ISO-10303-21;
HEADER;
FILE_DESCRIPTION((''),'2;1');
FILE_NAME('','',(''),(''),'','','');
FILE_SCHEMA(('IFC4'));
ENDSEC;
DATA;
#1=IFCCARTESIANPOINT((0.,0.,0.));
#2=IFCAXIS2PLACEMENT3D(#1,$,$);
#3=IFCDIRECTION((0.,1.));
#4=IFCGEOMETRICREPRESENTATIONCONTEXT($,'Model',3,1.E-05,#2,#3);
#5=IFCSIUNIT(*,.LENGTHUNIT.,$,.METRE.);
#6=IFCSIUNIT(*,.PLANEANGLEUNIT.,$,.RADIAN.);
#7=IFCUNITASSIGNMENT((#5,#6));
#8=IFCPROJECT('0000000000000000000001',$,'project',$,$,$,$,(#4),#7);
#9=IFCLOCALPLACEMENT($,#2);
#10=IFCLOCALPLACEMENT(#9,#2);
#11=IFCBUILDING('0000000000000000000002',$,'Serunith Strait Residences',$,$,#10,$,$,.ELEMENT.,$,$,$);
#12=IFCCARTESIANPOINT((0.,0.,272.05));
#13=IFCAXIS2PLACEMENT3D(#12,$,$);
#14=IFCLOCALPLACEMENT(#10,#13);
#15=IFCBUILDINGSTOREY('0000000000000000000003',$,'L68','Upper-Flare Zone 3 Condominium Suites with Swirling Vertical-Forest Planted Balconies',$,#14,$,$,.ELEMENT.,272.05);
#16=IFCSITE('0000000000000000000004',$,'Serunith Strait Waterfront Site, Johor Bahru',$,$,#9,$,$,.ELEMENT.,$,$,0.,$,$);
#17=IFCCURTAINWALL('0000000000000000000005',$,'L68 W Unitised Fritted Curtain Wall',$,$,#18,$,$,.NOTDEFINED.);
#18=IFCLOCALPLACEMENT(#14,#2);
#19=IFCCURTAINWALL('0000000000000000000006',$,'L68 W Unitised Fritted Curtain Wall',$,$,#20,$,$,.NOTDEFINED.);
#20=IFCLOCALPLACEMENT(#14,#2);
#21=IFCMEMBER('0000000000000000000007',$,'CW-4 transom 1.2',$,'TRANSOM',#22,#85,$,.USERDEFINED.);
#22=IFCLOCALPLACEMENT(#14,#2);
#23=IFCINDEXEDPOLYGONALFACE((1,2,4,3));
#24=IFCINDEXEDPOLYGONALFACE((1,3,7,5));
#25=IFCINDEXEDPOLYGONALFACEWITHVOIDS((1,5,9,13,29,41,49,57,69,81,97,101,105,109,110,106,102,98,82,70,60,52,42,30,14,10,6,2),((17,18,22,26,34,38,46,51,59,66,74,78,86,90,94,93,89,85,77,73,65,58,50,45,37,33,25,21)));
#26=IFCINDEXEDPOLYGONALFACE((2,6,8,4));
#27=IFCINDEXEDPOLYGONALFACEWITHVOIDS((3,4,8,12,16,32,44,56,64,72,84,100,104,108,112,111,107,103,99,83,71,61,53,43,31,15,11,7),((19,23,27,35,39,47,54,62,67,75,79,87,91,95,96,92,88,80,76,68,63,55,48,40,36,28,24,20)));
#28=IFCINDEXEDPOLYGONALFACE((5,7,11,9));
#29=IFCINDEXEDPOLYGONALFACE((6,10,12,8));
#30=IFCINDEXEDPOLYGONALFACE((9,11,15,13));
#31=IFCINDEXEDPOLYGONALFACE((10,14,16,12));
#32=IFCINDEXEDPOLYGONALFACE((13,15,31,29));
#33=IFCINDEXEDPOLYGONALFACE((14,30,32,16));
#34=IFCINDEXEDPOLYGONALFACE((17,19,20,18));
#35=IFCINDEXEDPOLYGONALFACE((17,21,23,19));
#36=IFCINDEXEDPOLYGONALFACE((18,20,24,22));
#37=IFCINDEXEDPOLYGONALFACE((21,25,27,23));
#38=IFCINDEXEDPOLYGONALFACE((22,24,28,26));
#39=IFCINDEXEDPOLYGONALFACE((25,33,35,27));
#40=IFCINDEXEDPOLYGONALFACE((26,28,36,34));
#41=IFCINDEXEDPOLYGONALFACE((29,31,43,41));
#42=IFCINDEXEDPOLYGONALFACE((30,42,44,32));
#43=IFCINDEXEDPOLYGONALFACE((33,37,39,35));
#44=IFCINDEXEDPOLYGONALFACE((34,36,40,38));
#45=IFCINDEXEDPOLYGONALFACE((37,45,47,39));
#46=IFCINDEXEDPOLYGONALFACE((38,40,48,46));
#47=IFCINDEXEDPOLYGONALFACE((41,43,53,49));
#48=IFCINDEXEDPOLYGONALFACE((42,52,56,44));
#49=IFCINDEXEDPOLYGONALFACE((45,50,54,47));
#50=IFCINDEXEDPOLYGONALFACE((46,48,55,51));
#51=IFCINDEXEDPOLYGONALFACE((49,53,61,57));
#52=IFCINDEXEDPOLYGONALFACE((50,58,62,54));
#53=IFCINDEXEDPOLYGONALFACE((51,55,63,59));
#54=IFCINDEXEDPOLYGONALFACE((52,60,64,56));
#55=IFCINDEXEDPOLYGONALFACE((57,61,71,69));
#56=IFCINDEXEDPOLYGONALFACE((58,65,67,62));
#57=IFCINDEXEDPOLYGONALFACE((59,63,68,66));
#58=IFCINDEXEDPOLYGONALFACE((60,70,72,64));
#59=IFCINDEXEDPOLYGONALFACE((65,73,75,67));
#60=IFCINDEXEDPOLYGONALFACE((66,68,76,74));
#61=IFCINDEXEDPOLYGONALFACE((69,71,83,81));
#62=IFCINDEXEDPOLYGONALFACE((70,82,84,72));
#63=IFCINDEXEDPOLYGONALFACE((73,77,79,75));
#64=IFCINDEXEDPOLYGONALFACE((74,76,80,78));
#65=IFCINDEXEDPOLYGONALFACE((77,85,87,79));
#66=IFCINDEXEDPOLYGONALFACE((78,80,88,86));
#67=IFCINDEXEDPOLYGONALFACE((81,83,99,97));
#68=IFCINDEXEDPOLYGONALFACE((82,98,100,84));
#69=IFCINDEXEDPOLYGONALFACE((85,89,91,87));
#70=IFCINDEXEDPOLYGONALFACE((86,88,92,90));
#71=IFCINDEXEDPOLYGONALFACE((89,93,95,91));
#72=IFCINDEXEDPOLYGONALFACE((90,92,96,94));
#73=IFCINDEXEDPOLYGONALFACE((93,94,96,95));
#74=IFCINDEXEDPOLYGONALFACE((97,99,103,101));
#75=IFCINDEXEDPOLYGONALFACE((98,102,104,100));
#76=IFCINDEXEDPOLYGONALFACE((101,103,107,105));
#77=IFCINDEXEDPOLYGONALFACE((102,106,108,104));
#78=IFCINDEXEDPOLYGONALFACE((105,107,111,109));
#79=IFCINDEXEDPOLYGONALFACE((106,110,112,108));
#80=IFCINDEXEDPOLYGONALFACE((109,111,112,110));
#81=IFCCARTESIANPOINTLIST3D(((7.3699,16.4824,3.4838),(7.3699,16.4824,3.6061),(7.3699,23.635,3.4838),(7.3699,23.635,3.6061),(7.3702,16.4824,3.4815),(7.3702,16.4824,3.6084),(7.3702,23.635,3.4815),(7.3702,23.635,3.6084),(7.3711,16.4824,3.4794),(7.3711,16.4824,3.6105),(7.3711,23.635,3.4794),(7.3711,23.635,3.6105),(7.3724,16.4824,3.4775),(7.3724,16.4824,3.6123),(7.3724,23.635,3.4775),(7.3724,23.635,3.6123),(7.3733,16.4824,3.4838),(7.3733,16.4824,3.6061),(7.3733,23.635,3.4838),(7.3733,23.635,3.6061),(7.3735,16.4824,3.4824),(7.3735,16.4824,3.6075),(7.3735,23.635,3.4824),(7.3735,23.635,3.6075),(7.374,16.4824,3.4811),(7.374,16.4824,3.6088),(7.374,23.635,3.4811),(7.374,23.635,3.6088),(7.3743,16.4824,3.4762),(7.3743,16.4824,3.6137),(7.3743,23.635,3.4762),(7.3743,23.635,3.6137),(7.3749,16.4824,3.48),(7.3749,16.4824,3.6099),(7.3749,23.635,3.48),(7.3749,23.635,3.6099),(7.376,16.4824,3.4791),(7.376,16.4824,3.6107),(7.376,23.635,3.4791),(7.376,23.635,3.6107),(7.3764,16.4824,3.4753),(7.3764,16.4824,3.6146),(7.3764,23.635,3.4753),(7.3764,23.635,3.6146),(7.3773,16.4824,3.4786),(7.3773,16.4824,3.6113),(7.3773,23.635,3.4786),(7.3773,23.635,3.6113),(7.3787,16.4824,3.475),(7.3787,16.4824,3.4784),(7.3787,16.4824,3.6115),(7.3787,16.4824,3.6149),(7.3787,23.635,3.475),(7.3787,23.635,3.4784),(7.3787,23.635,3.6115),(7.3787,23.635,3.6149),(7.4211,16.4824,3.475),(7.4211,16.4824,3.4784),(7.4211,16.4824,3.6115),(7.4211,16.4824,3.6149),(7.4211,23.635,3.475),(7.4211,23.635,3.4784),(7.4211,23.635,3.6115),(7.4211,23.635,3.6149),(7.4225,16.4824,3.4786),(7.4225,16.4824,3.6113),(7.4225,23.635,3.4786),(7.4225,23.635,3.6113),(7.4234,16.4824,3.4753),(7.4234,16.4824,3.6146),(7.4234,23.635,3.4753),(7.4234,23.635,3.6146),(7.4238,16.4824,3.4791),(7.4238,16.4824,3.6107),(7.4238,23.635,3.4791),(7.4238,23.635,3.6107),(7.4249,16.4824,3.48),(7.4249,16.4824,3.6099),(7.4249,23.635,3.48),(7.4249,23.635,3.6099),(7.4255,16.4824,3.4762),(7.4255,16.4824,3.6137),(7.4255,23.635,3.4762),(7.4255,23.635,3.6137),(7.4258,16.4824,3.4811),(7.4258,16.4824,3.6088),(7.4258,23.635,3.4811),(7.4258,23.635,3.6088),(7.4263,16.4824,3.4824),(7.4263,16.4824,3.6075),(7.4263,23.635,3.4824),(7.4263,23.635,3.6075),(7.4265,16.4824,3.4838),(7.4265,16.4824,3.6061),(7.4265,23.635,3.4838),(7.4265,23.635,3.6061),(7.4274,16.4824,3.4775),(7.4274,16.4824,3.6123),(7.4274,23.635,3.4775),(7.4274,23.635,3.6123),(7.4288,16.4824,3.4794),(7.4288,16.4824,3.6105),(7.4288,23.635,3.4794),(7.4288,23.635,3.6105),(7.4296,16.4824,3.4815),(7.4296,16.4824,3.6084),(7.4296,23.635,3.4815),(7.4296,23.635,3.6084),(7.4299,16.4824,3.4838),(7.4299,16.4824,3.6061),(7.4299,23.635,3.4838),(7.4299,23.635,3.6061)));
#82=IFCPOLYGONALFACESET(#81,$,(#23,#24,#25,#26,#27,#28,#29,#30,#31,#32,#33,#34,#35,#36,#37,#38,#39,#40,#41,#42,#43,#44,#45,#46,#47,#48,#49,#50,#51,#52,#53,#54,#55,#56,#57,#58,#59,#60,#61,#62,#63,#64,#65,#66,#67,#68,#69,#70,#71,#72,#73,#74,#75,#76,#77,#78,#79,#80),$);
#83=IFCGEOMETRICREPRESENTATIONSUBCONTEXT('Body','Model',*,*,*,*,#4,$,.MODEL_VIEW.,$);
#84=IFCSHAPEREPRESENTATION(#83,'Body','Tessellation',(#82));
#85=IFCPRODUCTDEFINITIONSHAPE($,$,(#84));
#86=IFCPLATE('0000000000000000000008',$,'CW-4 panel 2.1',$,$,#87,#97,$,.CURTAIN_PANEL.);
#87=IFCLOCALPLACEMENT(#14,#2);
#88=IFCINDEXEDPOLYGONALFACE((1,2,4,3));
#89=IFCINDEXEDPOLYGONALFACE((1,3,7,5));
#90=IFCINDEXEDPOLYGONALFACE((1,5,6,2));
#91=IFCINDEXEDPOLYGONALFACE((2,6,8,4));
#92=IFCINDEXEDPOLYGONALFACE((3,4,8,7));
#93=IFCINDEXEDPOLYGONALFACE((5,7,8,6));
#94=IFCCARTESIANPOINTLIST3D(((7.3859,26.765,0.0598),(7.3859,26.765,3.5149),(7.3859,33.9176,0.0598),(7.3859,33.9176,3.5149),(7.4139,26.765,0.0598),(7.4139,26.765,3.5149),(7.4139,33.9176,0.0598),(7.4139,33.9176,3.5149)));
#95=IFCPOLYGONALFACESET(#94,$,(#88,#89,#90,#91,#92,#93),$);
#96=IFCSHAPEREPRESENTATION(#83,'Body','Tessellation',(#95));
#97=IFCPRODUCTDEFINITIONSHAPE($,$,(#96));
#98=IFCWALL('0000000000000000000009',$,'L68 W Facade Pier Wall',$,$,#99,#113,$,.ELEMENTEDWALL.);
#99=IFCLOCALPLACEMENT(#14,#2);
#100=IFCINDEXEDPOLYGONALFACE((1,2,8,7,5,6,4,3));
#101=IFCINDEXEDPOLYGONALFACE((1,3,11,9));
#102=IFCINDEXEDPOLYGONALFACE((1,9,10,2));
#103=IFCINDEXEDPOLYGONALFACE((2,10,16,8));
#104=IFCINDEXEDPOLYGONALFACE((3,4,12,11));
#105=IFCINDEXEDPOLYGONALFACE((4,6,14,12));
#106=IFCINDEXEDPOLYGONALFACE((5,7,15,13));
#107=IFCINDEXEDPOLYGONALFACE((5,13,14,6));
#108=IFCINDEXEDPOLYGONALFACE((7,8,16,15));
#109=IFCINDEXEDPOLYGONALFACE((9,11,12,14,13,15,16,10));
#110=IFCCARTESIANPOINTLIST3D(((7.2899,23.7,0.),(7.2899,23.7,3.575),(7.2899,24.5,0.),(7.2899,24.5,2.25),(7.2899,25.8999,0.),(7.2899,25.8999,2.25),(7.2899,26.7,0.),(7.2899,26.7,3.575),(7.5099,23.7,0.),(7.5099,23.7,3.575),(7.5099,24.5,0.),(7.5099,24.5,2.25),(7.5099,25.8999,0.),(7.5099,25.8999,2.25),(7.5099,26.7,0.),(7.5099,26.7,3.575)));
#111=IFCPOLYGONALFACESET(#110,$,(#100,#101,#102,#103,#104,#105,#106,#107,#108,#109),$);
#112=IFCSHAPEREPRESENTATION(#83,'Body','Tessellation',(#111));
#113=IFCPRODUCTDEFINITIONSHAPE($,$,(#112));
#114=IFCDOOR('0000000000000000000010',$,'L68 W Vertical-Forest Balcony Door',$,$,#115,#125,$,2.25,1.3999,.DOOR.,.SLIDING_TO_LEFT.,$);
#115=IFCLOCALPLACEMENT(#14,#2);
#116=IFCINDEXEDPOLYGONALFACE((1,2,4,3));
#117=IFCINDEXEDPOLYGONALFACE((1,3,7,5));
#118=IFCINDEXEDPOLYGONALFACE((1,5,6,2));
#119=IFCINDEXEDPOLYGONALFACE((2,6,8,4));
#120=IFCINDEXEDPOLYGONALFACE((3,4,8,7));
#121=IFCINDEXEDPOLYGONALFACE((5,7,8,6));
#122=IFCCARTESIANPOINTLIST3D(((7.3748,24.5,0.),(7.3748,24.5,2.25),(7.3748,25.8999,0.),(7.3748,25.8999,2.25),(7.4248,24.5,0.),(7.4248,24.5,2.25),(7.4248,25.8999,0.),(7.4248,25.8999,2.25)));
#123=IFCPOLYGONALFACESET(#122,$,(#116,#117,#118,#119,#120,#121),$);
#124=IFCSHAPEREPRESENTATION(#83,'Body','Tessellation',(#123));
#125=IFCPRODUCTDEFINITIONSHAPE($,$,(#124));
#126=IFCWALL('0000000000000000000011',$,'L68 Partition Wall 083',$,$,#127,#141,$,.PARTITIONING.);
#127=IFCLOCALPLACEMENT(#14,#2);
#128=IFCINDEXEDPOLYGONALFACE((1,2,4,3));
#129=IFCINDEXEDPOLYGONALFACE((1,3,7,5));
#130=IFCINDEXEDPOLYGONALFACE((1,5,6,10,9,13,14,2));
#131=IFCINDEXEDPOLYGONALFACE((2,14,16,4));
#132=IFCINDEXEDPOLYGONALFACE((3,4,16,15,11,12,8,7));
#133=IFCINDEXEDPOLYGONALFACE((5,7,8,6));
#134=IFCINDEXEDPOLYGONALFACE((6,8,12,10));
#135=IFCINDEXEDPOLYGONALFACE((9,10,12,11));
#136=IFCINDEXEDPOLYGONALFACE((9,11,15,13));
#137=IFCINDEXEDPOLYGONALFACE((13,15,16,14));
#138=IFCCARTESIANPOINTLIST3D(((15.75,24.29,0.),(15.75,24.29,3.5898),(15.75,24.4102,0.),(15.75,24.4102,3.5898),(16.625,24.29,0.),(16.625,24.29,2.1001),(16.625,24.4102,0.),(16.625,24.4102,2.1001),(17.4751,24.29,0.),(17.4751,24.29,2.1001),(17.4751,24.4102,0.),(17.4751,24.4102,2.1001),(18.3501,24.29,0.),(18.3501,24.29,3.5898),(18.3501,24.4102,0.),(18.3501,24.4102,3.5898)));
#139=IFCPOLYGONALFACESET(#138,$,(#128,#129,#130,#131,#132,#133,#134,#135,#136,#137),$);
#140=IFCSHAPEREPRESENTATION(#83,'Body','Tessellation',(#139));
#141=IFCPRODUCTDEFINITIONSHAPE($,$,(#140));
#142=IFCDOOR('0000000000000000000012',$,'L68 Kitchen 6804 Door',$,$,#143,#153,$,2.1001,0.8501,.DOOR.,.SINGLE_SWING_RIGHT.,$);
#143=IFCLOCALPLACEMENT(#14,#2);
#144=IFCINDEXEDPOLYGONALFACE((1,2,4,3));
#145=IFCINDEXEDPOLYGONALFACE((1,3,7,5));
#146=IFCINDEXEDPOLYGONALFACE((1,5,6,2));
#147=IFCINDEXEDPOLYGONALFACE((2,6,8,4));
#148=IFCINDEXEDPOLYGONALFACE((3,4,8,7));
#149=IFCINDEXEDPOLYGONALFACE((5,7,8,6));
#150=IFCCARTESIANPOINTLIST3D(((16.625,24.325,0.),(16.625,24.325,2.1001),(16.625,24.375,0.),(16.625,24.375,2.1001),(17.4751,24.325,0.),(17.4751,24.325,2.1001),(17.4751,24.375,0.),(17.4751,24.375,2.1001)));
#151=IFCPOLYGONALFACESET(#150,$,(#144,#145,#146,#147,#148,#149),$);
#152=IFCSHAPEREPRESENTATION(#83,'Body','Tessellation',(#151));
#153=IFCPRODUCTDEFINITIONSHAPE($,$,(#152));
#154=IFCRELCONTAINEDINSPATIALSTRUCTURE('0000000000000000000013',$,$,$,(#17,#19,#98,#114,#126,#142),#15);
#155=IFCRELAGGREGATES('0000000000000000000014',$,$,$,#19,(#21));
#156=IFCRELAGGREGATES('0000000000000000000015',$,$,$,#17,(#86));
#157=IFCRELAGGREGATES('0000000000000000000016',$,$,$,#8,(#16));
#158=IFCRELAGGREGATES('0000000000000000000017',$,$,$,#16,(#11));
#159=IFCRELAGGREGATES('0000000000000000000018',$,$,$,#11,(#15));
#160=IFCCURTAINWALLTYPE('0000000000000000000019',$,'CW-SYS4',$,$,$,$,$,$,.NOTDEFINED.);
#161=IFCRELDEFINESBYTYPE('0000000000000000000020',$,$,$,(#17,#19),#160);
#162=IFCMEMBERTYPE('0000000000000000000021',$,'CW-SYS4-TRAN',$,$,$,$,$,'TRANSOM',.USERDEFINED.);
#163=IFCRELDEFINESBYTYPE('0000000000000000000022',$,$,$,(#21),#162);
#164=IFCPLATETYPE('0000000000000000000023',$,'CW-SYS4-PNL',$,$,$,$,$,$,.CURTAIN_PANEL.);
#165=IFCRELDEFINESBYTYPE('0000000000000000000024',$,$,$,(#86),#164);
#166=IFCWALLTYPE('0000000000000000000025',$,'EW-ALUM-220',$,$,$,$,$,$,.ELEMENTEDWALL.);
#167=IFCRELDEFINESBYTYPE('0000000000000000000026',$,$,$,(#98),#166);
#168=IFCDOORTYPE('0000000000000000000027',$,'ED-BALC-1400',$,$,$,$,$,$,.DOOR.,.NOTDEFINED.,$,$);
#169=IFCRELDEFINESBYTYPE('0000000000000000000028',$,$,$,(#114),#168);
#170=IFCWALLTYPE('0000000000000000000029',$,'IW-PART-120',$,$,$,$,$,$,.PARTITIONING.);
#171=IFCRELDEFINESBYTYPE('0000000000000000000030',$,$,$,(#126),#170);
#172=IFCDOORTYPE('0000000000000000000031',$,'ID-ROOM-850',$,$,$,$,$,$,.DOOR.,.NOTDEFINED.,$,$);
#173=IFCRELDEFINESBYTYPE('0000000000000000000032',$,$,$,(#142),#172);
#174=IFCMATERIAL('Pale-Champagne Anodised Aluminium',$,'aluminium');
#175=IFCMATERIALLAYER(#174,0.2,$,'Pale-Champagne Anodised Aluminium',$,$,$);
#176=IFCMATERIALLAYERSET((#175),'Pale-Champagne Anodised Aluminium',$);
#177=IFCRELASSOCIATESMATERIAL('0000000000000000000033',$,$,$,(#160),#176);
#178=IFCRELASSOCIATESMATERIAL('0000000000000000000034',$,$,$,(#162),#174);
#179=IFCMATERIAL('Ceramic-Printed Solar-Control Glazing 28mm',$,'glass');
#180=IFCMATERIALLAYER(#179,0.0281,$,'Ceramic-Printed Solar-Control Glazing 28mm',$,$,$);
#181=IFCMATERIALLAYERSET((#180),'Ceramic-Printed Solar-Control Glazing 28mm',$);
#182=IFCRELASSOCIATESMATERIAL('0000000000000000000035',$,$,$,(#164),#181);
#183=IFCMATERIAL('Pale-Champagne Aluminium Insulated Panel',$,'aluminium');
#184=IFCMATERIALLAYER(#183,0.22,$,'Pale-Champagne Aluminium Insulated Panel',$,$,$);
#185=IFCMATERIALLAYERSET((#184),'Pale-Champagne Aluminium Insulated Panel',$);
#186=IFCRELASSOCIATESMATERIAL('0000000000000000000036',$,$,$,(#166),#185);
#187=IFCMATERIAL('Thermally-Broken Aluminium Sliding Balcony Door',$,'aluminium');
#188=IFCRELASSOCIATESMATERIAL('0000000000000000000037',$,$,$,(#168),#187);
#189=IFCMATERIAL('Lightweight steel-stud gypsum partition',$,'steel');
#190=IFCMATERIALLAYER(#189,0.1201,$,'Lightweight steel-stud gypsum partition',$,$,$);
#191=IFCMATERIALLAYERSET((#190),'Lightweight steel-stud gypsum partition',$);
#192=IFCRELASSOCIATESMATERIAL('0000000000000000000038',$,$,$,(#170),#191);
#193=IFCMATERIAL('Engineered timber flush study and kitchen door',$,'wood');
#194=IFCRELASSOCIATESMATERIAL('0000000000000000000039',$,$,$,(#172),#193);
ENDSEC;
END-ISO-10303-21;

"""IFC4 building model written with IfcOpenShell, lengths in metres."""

from ifc_helpers import new_model, si_unit, direction, frame, frame_2d, origin, origin_2d, place, context, subcontext, project, spatial, rectangle, hollow_rectangle, extrude, source, transform, mapped, material, layer, layer_set, material_profile, profile_set, type_object, element, fill, aggregate, save


model = new_model("IFC4")

# Units and contexts
model_context = context("Model", 3, precision=1e-05, world=origin(), true_north=direction((0.0, 1.0)))
body_context = subcontext(model_context, "Body", "Model", "MODEL_VIEW")
ifc_project = project(units=[si_unit("LENGTHUNIT", "METRE"), si_unit("PLANEANGLEUNIT", "RADIAN")], contexts=[model_context])

# Site, building, storey
site_placement = place(None, origin())
site = spatial("IfcSite", under=ifc_project, at=site_placement, Name="Serunith Strait Waterfront Site, Johor Bahru", CompositionType="ELEMENT", RefElevation=0.0)
building_placement = place(site_placement, origin())
building = spatial("IfcBuilding", under=site, at=building_placement, Name="Serunith Strait Residences", CompositionType="ELEMENT")
storey_placement = place(building_placement, frame((0.0, 0.0, 272.05)))
storey = spatial("IfcBuildingStorey", under=building, at=storey_placement, Name="L68", Description="Upper-Flare Zone 3 Condominium Suites with Swirling Vertical-Forest Planted Balconies", CompositionType="ELEMENT", Elevation=272.05)

# Curtain walls
ifc_material_1 = material(Name="Pale-Champagne Anodised Aluminium", Category="aluminium")
ifc_layer_1 = layer(ifc_material_1, 0.2, Name="Pale-Champagne Anodised Aluminium")
ifc_layer_set_1 = layer_set([ifc_layer_1], Name="Pale-Champagne Anodised Aluminium")
curtain_wall_type = type_object("IfcCurtainWallType", Name="CW-SYS4", PredefinedType="NOTDEFINED", material=ifc_layer_set_1)
curtain_wall_1_placement = place(storey_placement, origin())
curtain_wall_1 = element("IfcCurtainWall", 1, at=curtain_wall_1_placement, inside=storey, type_object=curtain_wall_type, Name="L68 W Unitised Fritted Curtain Wall", PredefinedType="NOTDEFINED")
curtain_wall_2_placement = place(storey_placement, origin())
curtain_wall_2 = element("IfcCurtainWall", 2, at=curtain_wall_2_placement, inside=storey, type_object=curtain_wall_type, Name="L68 W Unitised Fritted Curtain Wall", PredefinedType="NOTDEFINED")

# Member
ifc_material_profile_1 = material_profile(ifc_material_1, hollow_rectangle(XDim=0.0601, YDim=0.1399, WallThickness=0.0034, InnerFilletRadius=0.0054, OuterFilletRadius=0.0088, at=origin_2d()), Name="ALU 140x60x3.5")
ifc_profile_set_1 = profile_set([ifc_material_profile_1], Name="Pale-Champagne Anodised Aluminium")
member_type_1 = type_object("IfcMemberType", Name="CW-SYS4-TRAN", ElementType="TRANSOM", PredefinedType="USERDEFINED", material=ifc_profile_set_1)
shared_shape_1 = source(origin(), body_context, "Body", "SweptSolid", [
    extrude(hollow_rectangle(XDim=0.0601, YDim=0.1399, WallThickness=0.0034, InnerFilletRadius=0.0054, OuterFilletRadius=0.0088, at=origin_2d()), origin(), (0.0, 0.0, 1.0), 7.1526),
])
member_1_placement = place(storey_placement, frame((7.3999, 23.635, 3.5449), z_axis=(0.0, -1.0, 0.0), x_axis=(1.0, 0.0, 0.0)))
member_1 = element("IfcMember", 3, at=member_1_placement, type_object=member_type_1, Name="CW-4 transom 1.2", ObjectType="TRANSOM", PredefinedType="USERDEFINED", context=body_context, shape_type="MappedRepresentation", body=[
    mapped(shared_shape_1, transform((0.0, 0.0, 0.0), scale=1.0)),
])
aggregate(curtain_wall_2, [member_1])

# Plate
ifc_material_2 = material(Name="Ceramic-Printed Solar-Control Glazing 28mm", Category="glass")
ifc_layer_2 = layer(ifc_material_2, 0.0281, Name="Ceramic-Printed Solar-Control Glazing 28mm")
ifc_layer_set_2 = layer_set([ifc_layer_2], Name="Ceramic-Printed Solar-Control Glazing 28mm")
plate_type = type_object("IfcPlateType", Name="CW-SYS4-PNL", PredefinedType="CURTAIN_PANEL", material=ifc_layer_set_2)
shared_shape_2 = source(origin(), body_context, "Body", "SweptSolid", [
    extrude(rectangle(XDim=7.1526, YDim=0.0281, at=origin_2d()), origin(), (0.0, 0.0, 1.0), 3.4551),
])
plate_placement = place(storey_placement, frame((7.3999, 30.3413, 0.0598), z_axis=(0.0, 0.0, 1.0), x_axis=(0.0, -1.0, 0.0)))
plate = element("IfcPlate", 4, at=plate_placement, type_object=plate_type, Name="CW-4 panel 2.1", PredefinedType="CURTAIN_PANEL", context=body_context, shape_type="MappedRepresentation", body=[
    mapped(shared_shape_2, transform((0.0, 0.0, 0.0), scale=1.0)),
])
aggregate(curtain_wall_1, [plate])

# Walls, openings, doors
ifc_material_3 = material(Name="Pale-Champagne Aluminium Insulated Panel", Category="aluminium")
ifc_layer_3 = layer(ifc_material_3, 0.22, Name="Pale-Champagne Aluminium Insulated Panel")
ifc_layer_set_3 = layer_set([ifc_layer_3], Name="Pale-Champagne Aluminium Insulated Panel")
wall_type_1 = type_object("IfcWallType", Name="EW-ALUM-220", PredefinedType="ELEMENTEDWALL", material=ifc_layer_set_3)
wall_1_placement = place(storey_placement, frame((7.3999, 26.7, 0.0), z_axis=(0.0, 0.0, 1.0), x_axis=(0.0, -1.0, 0.0)))
wall_1 = element("IfcWall", 5, at=wall_1_placement, inside=storey, type_object=wall_type_1, Name="L68 W Facade Pier Wall", PredefinedType="ELEMENTEDWALL", context=body_context, shape_type="SweptSolid", body=[
    extrude(rectangle(XDim=3.0, YDim=0.22, at=frame_2d((1.5, 0.0))), origin(), (0.0, 0.0, 1.0), 3.575),
])
opening_1_placement = place(wall_1_placement, frame((0.8, 0.0, 0.0)))
opening_1 = element("IfcOpeningElement", 6, at=opening_1_placement, cuts=wall_1, PredefinedType="OPENING", context=body_context, shape_type="SweptSolid", body=[
    extrude(rectangle(XDim=1.3999, YDim=2.25, at=frame_2d((0.7, 1.125))), frame((0.0, 0.1201, 0.0), z_axis=(0.0, -1.0, 0.0), x_axis=(1.0, 0.0, 0.0)), (0.0, 0.0, 1.0), 0.24),
])
ifc_material_4 = material(Name="Thermally-Broken Aluminium Sliding Balcony Door", Category="aluminium")
door_type_1 = type_object("IfcDoorType", Name="ED-BALC-1400", OperationType="NOTDEFINED", PredefinedType="DOOR", material=ifc_material_4)
shared_shape_3 = source(origin(), body_context, "Body", "SweptSolid", [
    extrude(rectangle(XDim=1.3999, YDim=2.25, at=frame_2d((0.7, 1.125))), frame((0.0, 0.0249, 0.0), z_axis=(0.0, -1.0, 0.0), x_axis=(1.0, 0.0, 0.0)), (0.0, 0.0, 1.0), 0.05),
])
door_1_placement = place(opening_1_placement, origin())
door_1 = element("IfcDoor", 7, at=door_1_placement, inside=storey, type_object=door_type_1, Name="L68 W Vertical-Forest Balcony Door", OperationType="SLIDING_TO_LEFT", OverallHeight=2.25, OverallWidth=1.3999, PredefinedType="DOOR", context=body_context, shape_type="MappedRepresentation", body=[
    mapped(shared_shape_3, transform((0.0, 0.0, 0.0), scale=1.0)),
])
fill(opening_1, door_1)
ifc_material_5 = material(Name="Lightweight steel-stud gypsum partition", Category="steel")
ifc_layer_4 = layer(ifc_material_5, 0.1201, Name="Lightweight steel-stud gypsum partition")
ifc_layer_set_4 = layer_set([ifc_layer_4], Name="Lightweight steel-stud gypsum partition")
wall_type_2 = type_object("IfcWallType", Name="IW-PART-120", PredefinedType="PARTITIONING", material=ifc_layer_set_4)
wall_2_placement = place(storey_placement, frame((15.75, 24.3501, 0.0), z_axis=(0.0, 0.0, 1.0), x_axis=(1.0, 0.0, 0.0)))
wall_2 = element("IfcWall", 8, at=wall_2_placement, inside=storey, type_object=wall_type_2, Name="L68 Partition Wall 083", PredefinedType="PARTITIONING", context=body_context, shape_type="SweptSolid", body=[
    extrude(rectangle(XDim=2.6001, YDim=0.1201, at=frame_2d((1.3, 0.0))), origin(), (0.0, 0.0, 1.0), 3.5898),
])
opening_2_placement = place(wall_2_placement, frame((0.875, 0.0, 0.0)))
opening_2 = element("IfcOpeningElement", 9, at=opening_2_placement, cuts=wall_2, PredefinedType="OPENING", context=body_context, shape_type="SweptSolid", body=[
    extrude(rectangle(XDim=0.8501, YDim=2.1001, at=frame_2d((0.425, 1.05))), frame((0.0, 0.0701, 0.0), z_axis=(0.0, -1.0, 0.0), x_axis=(1.0, 0.0, 0.0)), (0.0, 0.0, 1.0), 0.1401),
])
ifc_material_6 = material(Name="Engineered timber flush study and kitchen door", Category="wood")
door_type_2 = type_object("IfcDoorType", Name="ID-ROOM-850", OperationType="NOTDEFINED", PredefinedType="DOOR", material=ifc_material_6)
shared_shape_4 = source(origin(), body_context, "Body", "SweptSolid", [
    extrude(rectangle(XDim=0.8501, YDim=2.1001, at=frame_2d((0.425, 1.05))), frame((0.0, 0.0249, 0.0), z_axis=(0.0, -1.0, 0.0), x_axis=(1.0, 0.0, 0.0)), (0.0, 0.0, 1.0), 0.05),
])
door_2_placement = place(opening_2_placement, origin())
door_2 = element("IfcDoor", 10, at=door_2_placement, inside=storey, type_object=door_type_2, Name="L68 Kitchen 6804 Door", OperationType="SINGLE_SWING_RIGHT", OverallHeight=2.1001, OverallWidth=0.8501, PredefinedType="DOOR", context=body_context, shape_type="MappedRepresentation", body=[
    mapped(shared_shape_4, transform((0.0, 0.0, 0.0), scale=1.0)),
])
fill(opening_2, door_2)

save(model, "model.ifc")
